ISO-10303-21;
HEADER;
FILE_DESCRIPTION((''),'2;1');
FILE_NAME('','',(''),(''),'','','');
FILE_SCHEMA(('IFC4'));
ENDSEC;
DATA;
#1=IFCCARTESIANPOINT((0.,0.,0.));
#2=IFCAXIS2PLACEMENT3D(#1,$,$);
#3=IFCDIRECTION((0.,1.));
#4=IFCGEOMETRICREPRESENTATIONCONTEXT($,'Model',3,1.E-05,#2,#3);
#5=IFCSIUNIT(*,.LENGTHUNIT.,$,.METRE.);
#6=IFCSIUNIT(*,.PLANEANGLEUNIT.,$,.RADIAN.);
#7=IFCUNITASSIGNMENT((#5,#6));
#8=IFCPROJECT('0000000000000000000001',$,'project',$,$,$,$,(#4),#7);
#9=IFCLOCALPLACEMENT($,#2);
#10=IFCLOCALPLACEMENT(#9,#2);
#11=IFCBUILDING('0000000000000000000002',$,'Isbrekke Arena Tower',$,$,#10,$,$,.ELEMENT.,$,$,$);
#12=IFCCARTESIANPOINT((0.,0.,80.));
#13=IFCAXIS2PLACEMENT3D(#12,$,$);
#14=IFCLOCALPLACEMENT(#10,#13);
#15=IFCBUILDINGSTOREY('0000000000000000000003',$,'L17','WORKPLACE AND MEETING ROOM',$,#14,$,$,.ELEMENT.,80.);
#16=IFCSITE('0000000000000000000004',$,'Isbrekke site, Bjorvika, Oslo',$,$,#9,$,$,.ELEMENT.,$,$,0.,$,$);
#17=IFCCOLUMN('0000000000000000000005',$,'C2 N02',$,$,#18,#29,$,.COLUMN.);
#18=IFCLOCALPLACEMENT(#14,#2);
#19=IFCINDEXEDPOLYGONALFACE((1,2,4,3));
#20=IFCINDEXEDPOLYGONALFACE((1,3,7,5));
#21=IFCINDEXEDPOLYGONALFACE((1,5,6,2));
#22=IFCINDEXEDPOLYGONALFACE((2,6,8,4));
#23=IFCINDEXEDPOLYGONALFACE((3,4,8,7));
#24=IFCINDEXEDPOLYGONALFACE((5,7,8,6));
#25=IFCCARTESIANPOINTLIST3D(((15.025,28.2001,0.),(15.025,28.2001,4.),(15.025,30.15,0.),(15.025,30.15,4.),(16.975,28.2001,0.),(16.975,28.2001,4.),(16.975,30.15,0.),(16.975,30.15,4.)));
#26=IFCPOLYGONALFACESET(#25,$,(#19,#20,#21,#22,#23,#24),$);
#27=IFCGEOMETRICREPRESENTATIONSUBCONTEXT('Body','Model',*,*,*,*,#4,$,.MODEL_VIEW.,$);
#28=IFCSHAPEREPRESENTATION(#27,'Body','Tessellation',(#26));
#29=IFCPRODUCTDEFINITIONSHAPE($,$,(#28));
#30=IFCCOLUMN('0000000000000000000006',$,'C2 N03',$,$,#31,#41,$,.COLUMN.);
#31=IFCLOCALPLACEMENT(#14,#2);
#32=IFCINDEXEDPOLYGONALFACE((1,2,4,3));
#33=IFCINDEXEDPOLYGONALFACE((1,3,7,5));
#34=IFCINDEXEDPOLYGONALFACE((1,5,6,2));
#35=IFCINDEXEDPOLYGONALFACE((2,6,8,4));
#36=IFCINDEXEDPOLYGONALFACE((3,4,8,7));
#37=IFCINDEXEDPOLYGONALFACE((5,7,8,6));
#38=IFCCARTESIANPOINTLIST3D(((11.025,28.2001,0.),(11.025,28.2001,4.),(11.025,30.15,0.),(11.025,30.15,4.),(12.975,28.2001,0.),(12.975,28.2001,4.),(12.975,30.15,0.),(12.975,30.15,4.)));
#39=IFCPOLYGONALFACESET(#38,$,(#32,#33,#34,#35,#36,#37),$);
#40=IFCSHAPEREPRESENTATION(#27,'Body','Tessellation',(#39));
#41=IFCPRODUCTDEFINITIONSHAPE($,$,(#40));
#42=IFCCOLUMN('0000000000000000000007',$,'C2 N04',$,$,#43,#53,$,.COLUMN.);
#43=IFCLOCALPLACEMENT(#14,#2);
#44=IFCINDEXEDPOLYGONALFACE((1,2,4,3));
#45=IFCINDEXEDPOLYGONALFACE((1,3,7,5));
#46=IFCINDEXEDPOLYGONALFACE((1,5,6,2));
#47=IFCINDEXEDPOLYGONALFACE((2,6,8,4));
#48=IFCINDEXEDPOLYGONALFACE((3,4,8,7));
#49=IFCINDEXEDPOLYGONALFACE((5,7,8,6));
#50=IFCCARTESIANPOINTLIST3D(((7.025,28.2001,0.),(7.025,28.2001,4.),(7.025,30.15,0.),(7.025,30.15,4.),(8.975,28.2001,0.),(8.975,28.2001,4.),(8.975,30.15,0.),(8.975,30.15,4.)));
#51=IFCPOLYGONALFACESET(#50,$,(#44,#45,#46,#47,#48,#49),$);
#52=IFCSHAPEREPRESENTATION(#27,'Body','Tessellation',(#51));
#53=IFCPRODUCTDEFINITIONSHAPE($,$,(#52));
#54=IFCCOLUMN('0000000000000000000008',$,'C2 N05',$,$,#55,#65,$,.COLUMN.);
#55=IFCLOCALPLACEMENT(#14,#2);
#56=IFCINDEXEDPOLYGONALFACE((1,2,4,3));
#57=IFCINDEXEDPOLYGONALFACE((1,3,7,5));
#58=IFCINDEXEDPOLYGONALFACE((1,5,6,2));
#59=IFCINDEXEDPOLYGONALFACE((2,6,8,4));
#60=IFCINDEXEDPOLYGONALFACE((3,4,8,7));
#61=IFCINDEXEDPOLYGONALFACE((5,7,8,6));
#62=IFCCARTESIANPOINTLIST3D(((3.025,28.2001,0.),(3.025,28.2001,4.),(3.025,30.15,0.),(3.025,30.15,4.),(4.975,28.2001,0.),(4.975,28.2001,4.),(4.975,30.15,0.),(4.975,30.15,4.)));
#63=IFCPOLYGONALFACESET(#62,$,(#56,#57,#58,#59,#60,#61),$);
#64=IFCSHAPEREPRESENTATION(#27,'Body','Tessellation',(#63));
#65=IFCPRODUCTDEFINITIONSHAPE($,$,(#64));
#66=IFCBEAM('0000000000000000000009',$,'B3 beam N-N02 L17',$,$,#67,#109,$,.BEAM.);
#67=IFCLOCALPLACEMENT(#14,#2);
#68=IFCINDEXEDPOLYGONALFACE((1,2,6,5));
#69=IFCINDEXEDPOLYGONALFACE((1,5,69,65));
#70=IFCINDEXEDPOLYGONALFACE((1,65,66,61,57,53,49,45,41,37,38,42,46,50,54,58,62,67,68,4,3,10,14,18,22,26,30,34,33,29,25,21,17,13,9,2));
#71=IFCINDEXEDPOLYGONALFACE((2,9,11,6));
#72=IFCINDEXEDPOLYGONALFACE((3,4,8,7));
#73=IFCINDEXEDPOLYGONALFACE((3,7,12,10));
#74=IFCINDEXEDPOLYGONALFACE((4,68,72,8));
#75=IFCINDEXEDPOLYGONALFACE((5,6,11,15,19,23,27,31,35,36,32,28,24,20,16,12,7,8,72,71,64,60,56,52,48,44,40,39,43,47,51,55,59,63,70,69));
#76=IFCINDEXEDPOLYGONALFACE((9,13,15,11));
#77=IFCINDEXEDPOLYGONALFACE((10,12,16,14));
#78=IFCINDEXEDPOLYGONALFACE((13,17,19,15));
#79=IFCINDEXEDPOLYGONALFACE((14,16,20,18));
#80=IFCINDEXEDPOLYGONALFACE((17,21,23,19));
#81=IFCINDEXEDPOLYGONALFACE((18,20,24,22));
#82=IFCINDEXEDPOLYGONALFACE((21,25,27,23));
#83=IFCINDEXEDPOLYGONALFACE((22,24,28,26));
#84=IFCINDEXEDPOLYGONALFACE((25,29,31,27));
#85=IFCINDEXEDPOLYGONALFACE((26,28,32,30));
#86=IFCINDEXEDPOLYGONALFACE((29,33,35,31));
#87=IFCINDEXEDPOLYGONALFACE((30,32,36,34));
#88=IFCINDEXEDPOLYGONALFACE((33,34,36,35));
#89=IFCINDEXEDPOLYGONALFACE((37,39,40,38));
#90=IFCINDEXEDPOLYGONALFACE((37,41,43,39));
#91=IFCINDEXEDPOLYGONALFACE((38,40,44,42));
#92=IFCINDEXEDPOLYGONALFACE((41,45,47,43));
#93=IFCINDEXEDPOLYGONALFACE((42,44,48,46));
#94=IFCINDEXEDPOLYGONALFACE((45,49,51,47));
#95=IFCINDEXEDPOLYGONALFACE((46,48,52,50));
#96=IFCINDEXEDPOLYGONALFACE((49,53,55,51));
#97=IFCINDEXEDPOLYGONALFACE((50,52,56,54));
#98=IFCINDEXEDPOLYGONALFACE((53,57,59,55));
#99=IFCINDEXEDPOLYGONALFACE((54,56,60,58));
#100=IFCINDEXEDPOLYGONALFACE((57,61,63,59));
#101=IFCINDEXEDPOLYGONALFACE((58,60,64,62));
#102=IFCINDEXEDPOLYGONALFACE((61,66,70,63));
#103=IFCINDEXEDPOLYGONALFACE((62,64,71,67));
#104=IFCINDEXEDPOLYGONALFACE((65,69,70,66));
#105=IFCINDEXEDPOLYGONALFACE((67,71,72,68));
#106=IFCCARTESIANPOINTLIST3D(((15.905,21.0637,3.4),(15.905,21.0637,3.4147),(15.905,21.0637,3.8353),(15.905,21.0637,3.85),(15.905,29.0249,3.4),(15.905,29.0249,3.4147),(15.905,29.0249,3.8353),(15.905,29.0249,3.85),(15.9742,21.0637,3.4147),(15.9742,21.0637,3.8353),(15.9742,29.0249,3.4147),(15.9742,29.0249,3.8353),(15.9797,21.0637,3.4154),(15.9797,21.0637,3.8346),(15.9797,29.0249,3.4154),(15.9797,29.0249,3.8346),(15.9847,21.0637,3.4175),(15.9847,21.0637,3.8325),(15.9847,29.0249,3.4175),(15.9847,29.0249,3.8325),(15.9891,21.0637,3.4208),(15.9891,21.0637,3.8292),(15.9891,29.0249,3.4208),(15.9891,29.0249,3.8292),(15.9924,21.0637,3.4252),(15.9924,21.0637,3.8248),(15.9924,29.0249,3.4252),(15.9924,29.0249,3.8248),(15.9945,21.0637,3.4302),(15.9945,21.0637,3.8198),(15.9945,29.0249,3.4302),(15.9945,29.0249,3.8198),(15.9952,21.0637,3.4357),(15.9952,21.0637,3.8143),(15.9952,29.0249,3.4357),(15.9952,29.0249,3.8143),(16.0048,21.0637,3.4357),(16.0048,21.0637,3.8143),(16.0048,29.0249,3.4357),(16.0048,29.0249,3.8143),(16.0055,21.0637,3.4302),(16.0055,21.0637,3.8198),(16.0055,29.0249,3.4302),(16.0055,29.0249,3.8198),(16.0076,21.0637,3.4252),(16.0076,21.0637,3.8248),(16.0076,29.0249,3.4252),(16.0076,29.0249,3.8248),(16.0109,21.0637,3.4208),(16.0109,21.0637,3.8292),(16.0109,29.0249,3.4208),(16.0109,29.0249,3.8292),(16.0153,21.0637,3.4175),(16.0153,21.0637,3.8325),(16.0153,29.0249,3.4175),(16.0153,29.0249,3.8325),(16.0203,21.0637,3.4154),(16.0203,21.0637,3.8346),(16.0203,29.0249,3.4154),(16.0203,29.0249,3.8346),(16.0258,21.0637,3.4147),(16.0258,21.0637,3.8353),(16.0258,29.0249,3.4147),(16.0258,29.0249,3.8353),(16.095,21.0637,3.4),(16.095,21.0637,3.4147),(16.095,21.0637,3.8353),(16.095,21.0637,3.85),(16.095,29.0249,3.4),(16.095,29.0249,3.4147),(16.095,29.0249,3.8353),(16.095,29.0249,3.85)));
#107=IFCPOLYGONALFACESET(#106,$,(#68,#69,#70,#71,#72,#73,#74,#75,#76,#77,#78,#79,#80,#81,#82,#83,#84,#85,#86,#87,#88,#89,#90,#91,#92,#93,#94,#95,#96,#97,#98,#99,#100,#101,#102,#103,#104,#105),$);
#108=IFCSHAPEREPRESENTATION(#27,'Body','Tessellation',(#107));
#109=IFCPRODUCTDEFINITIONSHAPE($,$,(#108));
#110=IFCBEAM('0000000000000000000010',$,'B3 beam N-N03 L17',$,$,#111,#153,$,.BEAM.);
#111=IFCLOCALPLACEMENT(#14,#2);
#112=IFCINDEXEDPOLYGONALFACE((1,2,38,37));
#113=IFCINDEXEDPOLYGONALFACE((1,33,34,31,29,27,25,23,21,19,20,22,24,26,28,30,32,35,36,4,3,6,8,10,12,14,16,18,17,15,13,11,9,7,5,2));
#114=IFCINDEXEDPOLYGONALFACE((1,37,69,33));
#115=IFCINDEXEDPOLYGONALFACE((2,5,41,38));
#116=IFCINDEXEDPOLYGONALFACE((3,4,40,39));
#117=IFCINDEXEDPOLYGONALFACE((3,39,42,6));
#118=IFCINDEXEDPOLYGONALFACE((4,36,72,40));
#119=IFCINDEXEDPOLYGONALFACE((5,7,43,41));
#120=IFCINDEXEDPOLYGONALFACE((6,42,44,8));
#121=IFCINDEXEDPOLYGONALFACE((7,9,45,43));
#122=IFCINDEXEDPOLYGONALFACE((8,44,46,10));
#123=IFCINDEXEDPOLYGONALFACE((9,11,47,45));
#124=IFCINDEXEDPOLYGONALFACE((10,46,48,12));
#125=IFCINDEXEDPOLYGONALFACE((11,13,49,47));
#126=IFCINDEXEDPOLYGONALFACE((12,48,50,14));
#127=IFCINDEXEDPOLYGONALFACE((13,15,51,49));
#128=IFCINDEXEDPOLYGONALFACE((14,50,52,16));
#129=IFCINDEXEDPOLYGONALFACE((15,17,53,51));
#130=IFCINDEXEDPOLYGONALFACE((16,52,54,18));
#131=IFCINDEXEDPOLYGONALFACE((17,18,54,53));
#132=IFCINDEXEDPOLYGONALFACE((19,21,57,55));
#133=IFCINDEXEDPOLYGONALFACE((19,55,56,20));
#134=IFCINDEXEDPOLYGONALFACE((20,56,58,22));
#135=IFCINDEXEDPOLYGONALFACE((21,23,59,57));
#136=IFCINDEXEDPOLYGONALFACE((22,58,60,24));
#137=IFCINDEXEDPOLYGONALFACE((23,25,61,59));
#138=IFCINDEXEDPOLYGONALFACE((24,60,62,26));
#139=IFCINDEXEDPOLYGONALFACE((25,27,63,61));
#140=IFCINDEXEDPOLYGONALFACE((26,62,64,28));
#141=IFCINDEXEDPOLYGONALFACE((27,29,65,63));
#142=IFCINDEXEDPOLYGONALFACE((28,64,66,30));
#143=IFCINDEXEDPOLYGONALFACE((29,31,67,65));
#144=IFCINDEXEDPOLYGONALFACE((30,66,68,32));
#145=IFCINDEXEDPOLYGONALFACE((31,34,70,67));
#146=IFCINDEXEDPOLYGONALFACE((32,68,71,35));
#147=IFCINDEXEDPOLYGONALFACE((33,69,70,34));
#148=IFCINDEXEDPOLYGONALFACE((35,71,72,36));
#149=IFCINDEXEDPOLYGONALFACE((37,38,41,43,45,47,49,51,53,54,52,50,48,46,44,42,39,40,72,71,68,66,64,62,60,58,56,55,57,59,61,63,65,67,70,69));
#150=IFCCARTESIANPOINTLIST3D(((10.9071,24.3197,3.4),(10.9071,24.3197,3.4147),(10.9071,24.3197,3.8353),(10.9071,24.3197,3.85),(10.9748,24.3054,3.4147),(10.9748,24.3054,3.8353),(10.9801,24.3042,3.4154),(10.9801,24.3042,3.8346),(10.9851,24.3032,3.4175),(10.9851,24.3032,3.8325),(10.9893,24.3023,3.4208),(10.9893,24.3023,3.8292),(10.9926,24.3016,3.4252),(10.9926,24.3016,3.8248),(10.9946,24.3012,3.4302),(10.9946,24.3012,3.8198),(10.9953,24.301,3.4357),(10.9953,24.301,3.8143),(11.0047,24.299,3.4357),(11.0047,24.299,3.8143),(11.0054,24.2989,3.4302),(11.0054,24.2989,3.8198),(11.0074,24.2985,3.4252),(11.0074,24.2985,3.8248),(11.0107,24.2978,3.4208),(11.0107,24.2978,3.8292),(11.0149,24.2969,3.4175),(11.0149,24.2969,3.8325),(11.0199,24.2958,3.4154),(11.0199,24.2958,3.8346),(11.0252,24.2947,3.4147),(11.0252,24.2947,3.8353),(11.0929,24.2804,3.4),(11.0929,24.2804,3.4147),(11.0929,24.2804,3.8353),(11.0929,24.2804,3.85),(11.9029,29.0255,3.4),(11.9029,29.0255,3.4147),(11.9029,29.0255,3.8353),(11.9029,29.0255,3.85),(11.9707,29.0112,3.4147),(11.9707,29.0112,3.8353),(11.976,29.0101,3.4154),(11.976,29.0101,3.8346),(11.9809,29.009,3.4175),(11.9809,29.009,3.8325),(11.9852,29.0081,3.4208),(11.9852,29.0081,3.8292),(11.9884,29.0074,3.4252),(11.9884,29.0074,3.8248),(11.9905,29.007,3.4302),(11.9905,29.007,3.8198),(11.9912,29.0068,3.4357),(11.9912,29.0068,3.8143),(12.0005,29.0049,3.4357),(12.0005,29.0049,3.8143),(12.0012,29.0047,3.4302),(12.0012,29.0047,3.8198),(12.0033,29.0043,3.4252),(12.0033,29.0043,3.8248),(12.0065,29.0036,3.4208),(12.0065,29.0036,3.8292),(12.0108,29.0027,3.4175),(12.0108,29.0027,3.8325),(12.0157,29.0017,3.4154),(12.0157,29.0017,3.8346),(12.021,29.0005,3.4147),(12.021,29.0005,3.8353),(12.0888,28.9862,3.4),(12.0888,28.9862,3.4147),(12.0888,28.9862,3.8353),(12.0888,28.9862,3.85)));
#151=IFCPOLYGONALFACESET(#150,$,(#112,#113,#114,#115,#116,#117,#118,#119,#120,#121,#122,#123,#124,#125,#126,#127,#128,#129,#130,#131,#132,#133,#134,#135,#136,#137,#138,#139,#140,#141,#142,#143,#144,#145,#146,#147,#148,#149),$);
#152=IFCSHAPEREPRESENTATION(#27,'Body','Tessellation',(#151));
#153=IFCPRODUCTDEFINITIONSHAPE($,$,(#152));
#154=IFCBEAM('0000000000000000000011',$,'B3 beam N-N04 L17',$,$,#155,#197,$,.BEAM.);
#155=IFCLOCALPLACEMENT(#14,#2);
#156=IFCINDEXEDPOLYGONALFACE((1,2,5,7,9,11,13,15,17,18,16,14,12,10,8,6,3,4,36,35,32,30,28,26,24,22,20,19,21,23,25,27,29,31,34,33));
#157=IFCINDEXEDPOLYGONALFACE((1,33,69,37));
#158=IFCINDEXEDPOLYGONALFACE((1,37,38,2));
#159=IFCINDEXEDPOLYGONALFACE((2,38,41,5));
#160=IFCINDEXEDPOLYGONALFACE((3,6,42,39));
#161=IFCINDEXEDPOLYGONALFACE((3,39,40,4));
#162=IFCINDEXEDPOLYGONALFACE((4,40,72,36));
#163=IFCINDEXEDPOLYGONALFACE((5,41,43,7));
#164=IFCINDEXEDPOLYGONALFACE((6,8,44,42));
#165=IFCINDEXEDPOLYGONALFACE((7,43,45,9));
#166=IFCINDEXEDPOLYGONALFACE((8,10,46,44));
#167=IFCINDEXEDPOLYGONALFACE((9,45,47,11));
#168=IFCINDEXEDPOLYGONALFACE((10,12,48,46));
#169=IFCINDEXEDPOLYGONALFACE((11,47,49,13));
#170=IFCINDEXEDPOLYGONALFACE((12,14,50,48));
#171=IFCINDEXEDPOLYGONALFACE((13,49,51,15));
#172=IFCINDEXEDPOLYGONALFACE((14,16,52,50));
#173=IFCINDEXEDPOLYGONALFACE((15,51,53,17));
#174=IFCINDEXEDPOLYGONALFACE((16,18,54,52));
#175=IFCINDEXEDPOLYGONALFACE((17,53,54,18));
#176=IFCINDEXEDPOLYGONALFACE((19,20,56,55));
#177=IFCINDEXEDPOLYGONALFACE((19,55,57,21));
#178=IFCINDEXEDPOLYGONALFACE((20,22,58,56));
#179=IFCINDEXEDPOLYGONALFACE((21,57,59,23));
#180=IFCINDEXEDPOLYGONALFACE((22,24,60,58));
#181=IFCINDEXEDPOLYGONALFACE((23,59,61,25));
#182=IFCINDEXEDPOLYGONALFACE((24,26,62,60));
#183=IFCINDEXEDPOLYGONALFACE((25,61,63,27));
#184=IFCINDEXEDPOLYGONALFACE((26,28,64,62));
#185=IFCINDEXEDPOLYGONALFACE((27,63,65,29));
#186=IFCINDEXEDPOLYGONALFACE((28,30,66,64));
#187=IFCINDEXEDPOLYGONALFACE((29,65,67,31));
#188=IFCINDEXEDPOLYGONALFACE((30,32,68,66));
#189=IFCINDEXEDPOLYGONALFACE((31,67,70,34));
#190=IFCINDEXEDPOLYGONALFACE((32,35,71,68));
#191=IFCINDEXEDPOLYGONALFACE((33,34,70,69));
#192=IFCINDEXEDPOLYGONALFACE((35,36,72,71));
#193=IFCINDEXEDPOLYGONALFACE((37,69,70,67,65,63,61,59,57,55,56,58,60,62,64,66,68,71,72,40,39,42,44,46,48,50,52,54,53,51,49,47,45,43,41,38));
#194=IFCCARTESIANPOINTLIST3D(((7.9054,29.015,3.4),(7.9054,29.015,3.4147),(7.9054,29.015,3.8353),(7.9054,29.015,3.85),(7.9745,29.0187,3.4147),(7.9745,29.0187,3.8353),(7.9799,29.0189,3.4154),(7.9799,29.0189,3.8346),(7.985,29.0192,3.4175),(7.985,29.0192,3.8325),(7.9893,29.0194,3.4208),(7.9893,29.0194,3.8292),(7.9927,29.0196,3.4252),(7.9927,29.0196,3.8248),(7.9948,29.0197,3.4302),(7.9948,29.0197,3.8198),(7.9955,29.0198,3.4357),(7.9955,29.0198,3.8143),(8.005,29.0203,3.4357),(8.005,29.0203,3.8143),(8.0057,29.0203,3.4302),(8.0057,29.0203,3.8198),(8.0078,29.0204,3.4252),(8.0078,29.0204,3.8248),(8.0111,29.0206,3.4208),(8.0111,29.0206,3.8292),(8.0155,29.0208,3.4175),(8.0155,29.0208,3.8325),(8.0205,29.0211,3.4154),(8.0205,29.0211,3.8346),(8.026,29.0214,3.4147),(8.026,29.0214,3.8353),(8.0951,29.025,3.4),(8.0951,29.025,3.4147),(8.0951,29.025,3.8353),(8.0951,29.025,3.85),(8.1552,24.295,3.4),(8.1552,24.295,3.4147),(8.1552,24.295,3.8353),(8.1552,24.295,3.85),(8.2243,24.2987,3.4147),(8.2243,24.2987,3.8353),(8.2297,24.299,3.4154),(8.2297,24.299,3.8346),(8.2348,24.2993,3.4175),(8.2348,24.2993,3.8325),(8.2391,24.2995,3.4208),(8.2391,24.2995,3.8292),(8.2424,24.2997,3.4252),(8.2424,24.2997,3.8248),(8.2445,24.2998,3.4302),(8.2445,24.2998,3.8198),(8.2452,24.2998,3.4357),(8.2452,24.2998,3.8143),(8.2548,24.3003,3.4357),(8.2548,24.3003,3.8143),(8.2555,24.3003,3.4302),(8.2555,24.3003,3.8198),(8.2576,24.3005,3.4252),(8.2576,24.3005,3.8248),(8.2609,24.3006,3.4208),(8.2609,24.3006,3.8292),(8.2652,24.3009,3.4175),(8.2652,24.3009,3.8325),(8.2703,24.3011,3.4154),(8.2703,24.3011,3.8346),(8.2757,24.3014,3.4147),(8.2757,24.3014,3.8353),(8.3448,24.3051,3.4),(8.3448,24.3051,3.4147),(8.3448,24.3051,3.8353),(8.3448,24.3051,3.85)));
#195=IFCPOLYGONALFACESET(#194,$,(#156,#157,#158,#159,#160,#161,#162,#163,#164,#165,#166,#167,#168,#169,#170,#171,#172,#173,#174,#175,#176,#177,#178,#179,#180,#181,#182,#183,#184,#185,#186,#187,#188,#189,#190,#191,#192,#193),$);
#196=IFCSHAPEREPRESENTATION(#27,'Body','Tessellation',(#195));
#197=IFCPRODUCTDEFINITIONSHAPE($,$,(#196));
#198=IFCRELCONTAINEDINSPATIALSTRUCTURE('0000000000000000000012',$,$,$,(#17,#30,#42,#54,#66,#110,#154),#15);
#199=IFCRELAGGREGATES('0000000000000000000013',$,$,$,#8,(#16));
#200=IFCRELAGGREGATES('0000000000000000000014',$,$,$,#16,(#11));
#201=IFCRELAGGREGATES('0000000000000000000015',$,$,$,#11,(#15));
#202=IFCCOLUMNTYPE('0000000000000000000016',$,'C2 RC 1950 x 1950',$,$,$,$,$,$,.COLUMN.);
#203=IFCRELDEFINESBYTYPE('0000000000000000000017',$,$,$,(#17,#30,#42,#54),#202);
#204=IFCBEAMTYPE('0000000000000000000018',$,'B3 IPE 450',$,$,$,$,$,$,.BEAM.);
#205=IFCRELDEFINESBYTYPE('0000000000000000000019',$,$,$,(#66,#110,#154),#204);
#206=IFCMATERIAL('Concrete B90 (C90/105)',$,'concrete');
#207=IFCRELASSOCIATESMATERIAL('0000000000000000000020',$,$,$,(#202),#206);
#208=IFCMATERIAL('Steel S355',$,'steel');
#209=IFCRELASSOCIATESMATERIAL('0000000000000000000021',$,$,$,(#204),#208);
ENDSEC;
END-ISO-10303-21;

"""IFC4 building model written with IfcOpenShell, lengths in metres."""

from ifc_helpers import new_model, si_unit, direction, frame, origin, origin_2d, place, context, subcontext, project, spatial, rectangle, i_section, extrude, material, material_profile, profile_set, type_object, element, save


model = new_model("IFC4")

# Units and contexts
model_context = context("Model", 3, precision=1e-05, world=origin(), true_north=direction((0.0, 1.0)))
body_context = subcontext(model_context, "Body", "Model", "MODEL_VIEW")
ifc_project = project(units=[si_unit("LENGTHUNIT", "METRE"), si_unit("PLANEANGLEUNIT", "RADIAN")], contexts=[model_context])

# Site, building, storey
site_placement = place(None, origin())
site = spatial("IfcSite", under=ifc_project, at=site_placement, Name="Isbrekke site, Bjorvika, Oslo", CompositionType="ELEMENT", RefElevation=0.0)
building_placement = place(site_placement, origin())
building = spatial("IfcBuilding", under=site, at=building_placement, Name="Isbrekke Arena Tower", CompositionType="ELEMENT")
storey_placement = place(building_placement, frame((0.0, 0.0, 80.0)))
storey = spatial("IfcBuildingStorey", under=building, at=storey_placement, Name="L17", Description="WORKPLACE AND MEETING ROOM", CompositionType="ELEMENT", Elevation=80.0)

# Columns
ifc_material_1 = material(Name="Concrete B90 (C90/105)", Category="concrete")
ifc_material_profile_1 = material_profile(ifc_material_1, rectangle(XDim=1.95, YDim=1.95, at=origin_2d()), Name="RC 1950x1950")
ifc_profile_set_1 = profile_set([ifc_material_profile_1], Name="Concrete B90 (C90/105)")
column_type = type_object("IfcColumnType", Name="C2 RC 1950 x 1950", PredefinedType="COLUMN", material=ifc_profile_set_1)
for number, where, z_axis, x_axis, name in (
    (1, (16.0, 29.175, 0.0), (0.0, 0.0, 1.0), (-1.0, 0.0, 0.0), "C2 N02"),
    (2, (12.0, 29.175, 0.0), (0.0, 0.0, 1.0), (-1.0, 0.0, 0.0), "C2 N03"),
    (3, (8.0, 29.175, 0.0), (0.0, 0.0, 1.0), (-1.0, 0.0, 0.0), "C2 N04"),
    (4, (4.0, 29.175, 0.0), (0.0, 0.0, 1.0), (-1.0, 0.0, 0.0), "C2 N05"),
):
    element("IfcColumn", number, at=place(storey_placement, frame(where, z_axis=z_axis, x_axis=x_axis)), inside=storey, type_object=column_type, Name=name, PredefinedType="COLUMN", context=body_context, shape_type="SweptSolid", body=[
        extrude(rectangle(XDim=1.95, YDim=1.95, at=origin_2d()), origin(), (0.0, 0.0, 1.0), 4.0),
    ])

# Beams
ifc_material_2 = material(Name="Steel S355", Category="steel")
ifc_material_profile_2 = material_profile(ifc_material_2, i_section(OverallWidth=0.1899, OverallDepth=0.45, WebThickness=0.0095, FlangeThickness=0.0146, FilletRadius=0.021, at=origin_2d()), Name="IPE 450")
ifc_profile_set_2 = profile_set([ifc_material_profile_2], Name="Steel S355")
beam_type_1 = type_object("IfcBeamType", Name="B3 IPE 450", PredefinedType="BEAM", material=ifc_profile_set_2)
beam_1_placement = place(storey_placement, frame((16.0, 29.0249, 3.625), z_axis=(0.0, -1.0, 0.0), x_axis=(1.0, 0.0, 0.0)))
element("IfcBeam", 5, at=beam_1_placement, inside=storey, type_object=beam_type_1, Name="B3 beam N-N02 L17", PredefinedType="BEAM", context=body_context, shape_type="SweptSolid", body=[
    extrude(i_section(OverallWidth=0.1899, OverallDepth=0.45, WebThickness=0.0095, FlangeThickness=0.0146, FilletRadius=0.021, at=origin_2d()), origin(), (0.0, 0.0, 1.0), 7.9612),
])
beam_2_placement = place(storey_placement, frame((11.9958, 29.0059, 3.625), z_axis=(-0.207036, -0.978333, 0.0), x_axis=(0.978333, -0.207036, 0.0)))
element("IfcBeam", 6, at=beam_2_placement, inside=storey, type_object=beam_type_1, Name="B3 beam N-N03 L17", PredefinedType="BEAM", context=body_context, shape_type="SweptSolid", body=[
    extrude(i_section(OverallWidth=0.1899, OverallDepth=0.45, WebThickness=0.0095, FlangeThickness=0.0146, FilletRadius=0.021, at=origin_2d()), origin(), (0.0, 0.0, 1.0), 4.8101),
])
beam_3_placement = place(storey_placement, frame((8.0002, 29.02, 3.625), z_axis=(0.052841, -0.998603, 0.0), x_axis=(0.998603, 0.052841, 0.0)))
element("IfcBeam", 7, at=beam_3_placement, inside=storey, type_object=beam_type_1, Name="B3 beam N-N04 L17", PredefinedType="BEAM", context=body_context, shape_type="SweptSolid", body=[
    extrude(i_section(OverallWidth=0.1899, OverallDepth=0.45, WebThickness=0.0095, FlangeThickness=0.0146, FilletRadius=0.021, at=origin_2d()), origin(), (0.0, 0.0, 1.0), 4.7266),
])

save(model, "model.ifc")
